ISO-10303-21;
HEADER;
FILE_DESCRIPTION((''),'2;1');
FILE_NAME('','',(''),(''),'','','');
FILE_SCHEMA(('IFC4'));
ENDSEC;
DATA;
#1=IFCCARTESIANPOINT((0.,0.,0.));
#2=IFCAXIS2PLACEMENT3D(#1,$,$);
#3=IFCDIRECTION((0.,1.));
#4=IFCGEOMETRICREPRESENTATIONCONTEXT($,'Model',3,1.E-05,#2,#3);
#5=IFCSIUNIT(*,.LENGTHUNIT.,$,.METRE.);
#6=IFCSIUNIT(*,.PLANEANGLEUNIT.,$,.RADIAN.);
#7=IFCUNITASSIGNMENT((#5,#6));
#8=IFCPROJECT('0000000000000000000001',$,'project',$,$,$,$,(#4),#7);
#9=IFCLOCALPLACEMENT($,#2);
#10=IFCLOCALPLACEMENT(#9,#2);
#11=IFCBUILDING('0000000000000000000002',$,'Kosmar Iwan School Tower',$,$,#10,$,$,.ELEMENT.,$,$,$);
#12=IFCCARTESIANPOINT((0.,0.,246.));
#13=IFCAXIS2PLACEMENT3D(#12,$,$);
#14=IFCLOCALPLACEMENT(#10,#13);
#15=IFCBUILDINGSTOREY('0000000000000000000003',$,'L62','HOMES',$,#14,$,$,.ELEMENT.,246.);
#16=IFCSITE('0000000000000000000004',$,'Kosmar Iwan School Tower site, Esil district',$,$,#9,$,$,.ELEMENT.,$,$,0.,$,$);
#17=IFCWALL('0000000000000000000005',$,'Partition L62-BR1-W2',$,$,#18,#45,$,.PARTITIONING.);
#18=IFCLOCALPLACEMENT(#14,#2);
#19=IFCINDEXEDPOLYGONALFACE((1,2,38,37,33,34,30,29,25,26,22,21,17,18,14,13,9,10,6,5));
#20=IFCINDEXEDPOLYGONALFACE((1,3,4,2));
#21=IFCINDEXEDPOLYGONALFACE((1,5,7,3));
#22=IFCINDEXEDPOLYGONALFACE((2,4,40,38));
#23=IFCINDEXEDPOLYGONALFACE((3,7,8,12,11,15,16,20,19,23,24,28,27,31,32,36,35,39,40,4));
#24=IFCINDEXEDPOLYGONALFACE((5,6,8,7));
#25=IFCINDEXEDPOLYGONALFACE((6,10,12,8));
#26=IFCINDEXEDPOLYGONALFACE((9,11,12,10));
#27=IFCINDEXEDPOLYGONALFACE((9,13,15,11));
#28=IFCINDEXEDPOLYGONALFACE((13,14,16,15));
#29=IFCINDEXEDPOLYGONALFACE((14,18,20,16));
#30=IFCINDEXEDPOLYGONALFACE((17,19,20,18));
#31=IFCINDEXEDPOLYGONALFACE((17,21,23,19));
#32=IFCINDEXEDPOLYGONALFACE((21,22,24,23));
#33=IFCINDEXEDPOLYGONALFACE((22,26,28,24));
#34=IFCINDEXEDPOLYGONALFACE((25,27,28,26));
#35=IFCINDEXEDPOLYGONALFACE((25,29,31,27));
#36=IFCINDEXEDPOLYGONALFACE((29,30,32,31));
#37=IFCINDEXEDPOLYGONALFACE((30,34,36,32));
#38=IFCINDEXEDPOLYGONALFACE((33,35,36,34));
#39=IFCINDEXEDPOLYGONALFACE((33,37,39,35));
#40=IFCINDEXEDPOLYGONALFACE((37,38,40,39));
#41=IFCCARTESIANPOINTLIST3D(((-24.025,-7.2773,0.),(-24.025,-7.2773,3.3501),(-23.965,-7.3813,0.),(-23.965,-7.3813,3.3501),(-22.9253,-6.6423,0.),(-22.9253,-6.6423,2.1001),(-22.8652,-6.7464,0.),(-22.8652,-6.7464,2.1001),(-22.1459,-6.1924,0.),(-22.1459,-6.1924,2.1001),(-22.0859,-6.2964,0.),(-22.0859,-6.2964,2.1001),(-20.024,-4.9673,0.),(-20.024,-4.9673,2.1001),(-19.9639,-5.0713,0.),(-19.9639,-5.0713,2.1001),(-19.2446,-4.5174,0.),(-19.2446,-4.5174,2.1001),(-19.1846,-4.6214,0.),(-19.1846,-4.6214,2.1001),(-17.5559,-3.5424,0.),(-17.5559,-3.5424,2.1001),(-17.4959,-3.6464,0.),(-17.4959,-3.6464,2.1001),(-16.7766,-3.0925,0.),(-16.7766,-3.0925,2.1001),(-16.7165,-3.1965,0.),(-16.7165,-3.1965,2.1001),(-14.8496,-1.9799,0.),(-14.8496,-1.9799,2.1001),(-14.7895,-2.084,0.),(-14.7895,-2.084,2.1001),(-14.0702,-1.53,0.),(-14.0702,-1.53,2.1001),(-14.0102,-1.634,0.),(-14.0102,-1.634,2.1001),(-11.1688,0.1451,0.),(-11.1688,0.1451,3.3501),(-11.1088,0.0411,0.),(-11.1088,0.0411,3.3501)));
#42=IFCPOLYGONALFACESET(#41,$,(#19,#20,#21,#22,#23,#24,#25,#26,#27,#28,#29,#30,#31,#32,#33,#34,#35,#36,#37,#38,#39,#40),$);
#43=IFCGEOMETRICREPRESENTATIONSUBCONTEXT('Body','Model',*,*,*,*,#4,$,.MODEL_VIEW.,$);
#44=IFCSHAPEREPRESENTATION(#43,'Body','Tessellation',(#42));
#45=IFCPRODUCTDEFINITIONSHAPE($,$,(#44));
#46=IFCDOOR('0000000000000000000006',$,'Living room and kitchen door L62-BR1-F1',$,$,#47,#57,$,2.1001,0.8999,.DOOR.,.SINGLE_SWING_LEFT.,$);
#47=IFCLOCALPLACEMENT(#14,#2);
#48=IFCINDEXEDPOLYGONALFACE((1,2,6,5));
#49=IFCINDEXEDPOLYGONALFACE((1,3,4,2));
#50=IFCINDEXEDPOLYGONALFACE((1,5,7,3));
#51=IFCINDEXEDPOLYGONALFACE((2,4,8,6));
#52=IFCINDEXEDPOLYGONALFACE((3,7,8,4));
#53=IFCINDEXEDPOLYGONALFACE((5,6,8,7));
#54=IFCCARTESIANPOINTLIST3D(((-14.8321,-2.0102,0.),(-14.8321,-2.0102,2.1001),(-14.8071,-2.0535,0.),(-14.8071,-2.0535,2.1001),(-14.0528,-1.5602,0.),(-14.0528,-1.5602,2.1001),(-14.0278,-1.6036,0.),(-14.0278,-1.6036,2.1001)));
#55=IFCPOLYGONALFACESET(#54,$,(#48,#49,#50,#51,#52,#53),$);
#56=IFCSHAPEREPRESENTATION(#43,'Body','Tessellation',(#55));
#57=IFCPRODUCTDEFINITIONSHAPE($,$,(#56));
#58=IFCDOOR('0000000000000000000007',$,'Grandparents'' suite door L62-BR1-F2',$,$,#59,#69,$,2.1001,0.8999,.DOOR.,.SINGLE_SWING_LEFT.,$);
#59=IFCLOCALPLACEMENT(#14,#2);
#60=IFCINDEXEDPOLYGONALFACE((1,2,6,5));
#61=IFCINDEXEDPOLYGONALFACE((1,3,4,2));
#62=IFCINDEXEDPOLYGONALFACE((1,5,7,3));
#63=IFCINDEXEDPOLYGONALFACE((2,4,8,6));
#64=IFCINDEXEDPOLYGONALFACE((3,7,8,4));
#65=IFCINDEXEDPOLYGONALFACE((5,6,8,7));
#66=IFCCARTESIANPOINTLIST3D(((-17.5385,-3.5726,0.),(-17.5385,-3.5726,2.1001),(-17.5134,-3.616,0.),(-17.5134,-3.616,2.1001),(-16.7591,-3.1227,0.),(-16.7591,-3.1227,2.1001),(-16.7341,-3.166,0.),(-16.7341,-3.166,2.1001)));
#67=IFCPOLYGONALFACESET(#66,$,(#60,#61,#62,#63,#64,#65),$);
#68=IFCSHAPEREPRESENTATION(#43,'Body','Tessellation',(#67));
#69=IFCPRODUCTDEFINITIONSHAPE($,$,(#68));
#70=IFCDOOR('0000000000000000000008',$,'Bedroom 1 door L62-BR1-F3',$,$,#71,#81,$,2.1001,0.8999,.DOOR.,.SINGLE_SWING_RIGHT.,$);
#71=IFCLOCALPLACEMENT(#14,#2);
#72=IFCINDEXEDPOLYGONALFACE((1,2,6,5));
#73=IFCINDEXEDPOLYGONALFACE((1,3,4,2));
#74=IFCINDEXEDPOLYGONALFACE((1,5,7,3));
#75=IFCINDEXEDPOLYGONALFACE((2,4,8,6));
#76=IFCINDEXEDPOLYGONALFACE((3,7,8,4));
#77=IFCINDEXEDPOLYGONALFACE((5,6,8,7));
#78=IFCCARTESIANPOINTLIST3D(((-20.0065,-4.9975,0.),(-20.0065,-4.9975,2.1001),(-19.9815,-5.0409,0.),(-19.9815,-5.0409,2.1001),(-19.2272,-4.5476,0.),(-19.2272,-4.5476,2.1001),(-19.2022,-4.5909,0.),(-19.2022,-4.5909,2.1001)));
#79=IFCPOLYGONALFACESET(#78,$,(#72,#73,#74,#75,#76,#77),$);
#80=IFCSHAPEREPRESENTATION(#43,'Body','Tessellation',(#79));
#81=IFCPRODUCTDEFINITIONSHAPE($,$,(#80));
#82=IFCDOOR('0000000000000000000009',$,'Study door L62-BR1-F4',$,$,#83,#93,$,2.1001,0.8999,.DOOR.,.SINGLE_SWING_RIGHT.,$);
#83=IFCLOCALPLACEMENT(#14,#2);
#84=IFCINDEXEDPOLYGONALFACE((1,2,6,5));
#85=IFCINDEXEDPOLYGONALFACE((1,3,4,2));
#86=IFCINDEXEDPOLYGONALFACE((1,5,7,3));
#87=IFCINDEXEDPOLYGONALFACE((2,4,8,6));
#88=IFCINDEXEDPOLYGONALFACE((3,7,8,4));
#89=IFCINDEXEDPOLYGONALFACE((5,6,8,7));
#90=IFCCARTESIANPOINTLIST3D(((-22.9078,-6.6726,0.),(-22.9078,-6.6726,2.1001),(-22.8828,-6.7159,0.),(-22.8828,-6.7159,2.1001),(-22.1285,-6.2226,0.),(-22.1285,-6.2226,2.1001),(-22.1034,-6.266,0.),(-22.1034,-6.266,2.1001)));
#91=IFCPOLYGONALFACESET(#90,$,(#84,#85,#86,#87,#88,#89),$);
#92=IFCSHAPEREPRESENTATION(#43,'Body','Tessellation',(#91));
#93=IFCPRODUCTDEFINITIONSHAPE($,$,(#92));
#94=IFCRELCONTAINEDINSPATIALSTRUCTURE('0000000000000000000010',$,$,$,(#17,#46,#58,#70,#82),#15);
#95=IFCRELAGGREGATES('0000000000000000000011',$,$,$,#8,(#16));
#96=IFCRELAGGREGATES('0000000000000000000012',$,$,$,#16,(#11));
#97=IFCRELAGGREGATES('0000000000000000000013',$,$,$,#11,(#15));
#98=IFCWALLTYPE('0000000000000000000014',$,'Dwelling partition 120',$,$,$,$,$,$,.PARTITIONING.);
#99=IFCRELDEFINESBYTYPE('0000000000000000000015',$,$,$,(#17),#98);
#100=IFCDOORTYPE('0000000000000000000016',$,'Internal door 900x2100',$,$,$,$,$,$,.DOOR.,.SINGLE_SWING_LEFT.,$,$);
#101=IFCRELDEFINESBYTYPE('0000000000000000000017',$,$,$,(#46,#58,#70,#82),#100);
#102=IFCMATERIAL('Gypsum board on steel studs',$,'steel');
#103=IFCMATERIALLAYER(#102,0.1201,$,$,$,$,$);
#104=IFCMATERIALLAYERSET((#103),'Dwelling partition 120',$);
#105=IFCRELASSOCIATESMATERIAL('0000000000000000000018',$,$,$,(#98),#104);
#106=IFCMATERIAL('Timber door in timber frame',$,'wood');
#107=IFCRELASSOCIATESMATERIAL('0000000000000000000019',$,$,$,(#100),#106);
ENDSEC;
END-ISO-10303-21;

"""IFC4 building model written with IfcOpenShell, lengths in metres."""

from ifc_helpers import new_model, si_unit, direction, frame, frame_2d, origin, place, context, subcontext, project, spatial, rectangle, extrude, material, layer, layer_set, type_object, element, fill, save


model = new_model("IFC4")

# Units and contexts
model_context = context("Model", 3, precision=1e-05, world=origin(), true_north=direction((0.0, 1.0)))
body_context = subcontext(model_context, "Body", "Model", "MODEL_VIEW")
ifc_project = project(units=[si_unit("LENGTHUNIT", "METRE"), si_unit("PLANEANGLEUNIT", "RADIAN")], contexts=[model_context])

# Site, building, storey
site_placement = place(None, origin())
site = spatial("IfcSite", under=ifc_project, at=site_placement, Name="Kosmar Iwan School Tower site, Esil district", CompositionType="ELEMENT", RefElevation=0.0)
building_placement = place(site_placement, origin())
building = spatial("IfcBuilding", under=site, at=building_placement, Name="Kosmar Iwan School Tower", CompositionType="ELEMENT")
storey_placement = place(building_placement, frame((0.0, 0.0, 246.0)))
storey = spatial("IfcBuildingStorey", under=building, at=storey_placement, Name="L62", Description="HOMES", CompositionType="ELEMENT", Elevation=246.0)

# Wall, openings, doors
ifc_material_1 = material(Name="Gypsum board on steel studs", Category="steel")
ifc_layer_1 = layer(ifc_material_1, 0.1201)
ifc_layer_set_1 = layer_set([ifc_layer_1], Name="Dwelling partition 120")
wall_type_1 = type_object("IfcWallType", Name="Dwelling partition 120", PredefinedType="PARTITIONING", material=ifc_layer_set_1)
wall_1_placement = place(storey_placement, frame((-11.1389, 0.093, 0.0), z_axis=(0.0, 0.0, 1.0), x_axis=(-0.86603, -0.499992, 0.0)))
wall_1 = element("IfcWall", 1, at=wall_1_placement, inside=storey, type_object=wall_type_1, Name="Partition L62-BR1-W2", PredefinedType="PARTITIONING", context=body_context, shape_type="SweptSolid", body=[
    extrude(rectangle(XDim=14.845, YDim=0.1201, at=frame_2d((7.4224, 0.0))), origin(), (0.0, 0.0, 1.0), 3.3501),
])
opening_1_placement = place(wall_1_placement, frame((3.3501, 0.0, 0.0)))
opening_1 = element("IfcOpeningElement", 2, at=opening_1_placement, cuts=wall_1, PredefinedType="OPENING", context=body_context, shape_type="SweptSolid", body=[
    extrude(rectangle(XDim=0.8999, YDim=2.1001, at=frame_2d((0.45, 1.05))), frame((0.0, 0.072, 0.0), z_axis=(0.0, -1.0, 0.0), x_axis=(1.0, 0.0, 0.0)), (0.0, 0.0, 1.0), 0.144),
])
opening_2_placement = place(wall_1_placement, frame((6.4751, 0.0, 0.0)))
opening_2 = element("IfcOpeningElement", 3, at=opening_2_placement, cuts=wall_1, PredefinedType="OPENING", context=body_context, shape_type="SweptSolid", body=[
    extrude(rectangle(XDim=0.8999, YDim=2.1001, at=frame_2d((0.45, 1.05))), frame((0.0, 0.072, 0.0), z_axis=(0.0, -1.0, 0.0), x_axis=(1.0, 0.0, 0.0)), (0.0, 0.0, 1.0), 0.144),
])
opening_3_placement = place(wall_1_placement, frame((9.325, 0.0, 0.0)))
opening_3 = element("IfcOpeningElement", 4, at=opening_3_placement, cuts=wall_1, PredefinedType="OPENING", context=body_context, shape_type="SweptSolid", body=[
    extrude(rectangle(XDim=0.8999, YDim=2.1001, at=frame_2d((0.45, 1.05))), frame((0.0, 0.072, 0.0), z_axis=(0.0, -1.0, 0.0), x_axis=(1.0, 0.0, 0.0)), (0.0, 0.0, 1.0), 0.144),
])
opening_4_placement = place(wall_1_placement, frame((12.675, 0.0, 0.0)))
opening_4 = element("IfcOpeningElement", 5, at=opening_4_placement, cuts=wall_1, PredefinedType="OPENING", context=body_context, shape_type="SweptSolid", body=[
    extrude(rectangle(XDim=0.8999, YDim=2.1001, at=frame_2d((0.45, 1.05))), frame((0.0, 0.072, 0.0), z_axis=(0.0, -1.0, 0.0), x_axis=(1.0, 0.0, 0.0)), (0.0, 0.0, 1.0), 0.144),
])
ifc_material_2 = material(Name="Timber door in timber frame", Category="wood")
door_type = type_object("IfcDoorType", Name="Internal door 900x2100", OperationType="SINGLE_SWING_LEFT", PredefinedType="DOOR", material=ifc_material_2)
door_1_placement = place(opening_1_placement, origin())
door_1 = element("IfcDoor", 6, at=door_1_placement, inside=storey, type_object=door_type, Name="Living room and kitchen door L62-BR1-F1", OperationType="SINGLE_SWING_LEFT", OverallHeight=2.1001, OverallWidth=0.8999, PredefinedType="DOOR", context=body_context, shape_type="SweptSolid", body=[
    extrude(rectangle(XDim=0.8999, YDim=2.1001, at=frame_2d((0.45, 1.05))), frame((0.0, 0.0249, 0.0), z_axis=(0.0, -1.0, 0.0), x_axis=(1.0, 0.0, 0.0)), (0.0, 0.0, 1.0), 0.05),
])
fill(opening_1, door_1)
door_2_placement = place(opening_2_placement, origin())
door_2 = element("IfcDoor", 7, at=door_2_placement, inside=storey, type_object=door_type, Name="Grandparents' suite door L62-BR1-F2", OperationType="SINGLE_SWING_LEFT", OverallHeight=2.1001, OverallWidth=0.8999, PredefinedType="DOOR", context=body_context, shape_type="SweptSolid", body=[
    extrude(rectangle(XDim=0.8999, YDim=2.1001, at=frame_2d((0.45, 1.05))), frame((0.0, 0.0249, 0.0), z_axis=(0.0, -1.0, 0.0), x_axis=(1.0, 0.0, 0.0)), (0.0, 0.0, 1.0), 0.05),
])
fill(opening_2, door_2)
door_3_placement = place(opening_3_placement, origin())
door_3 = element("IfcDoor", 8, at=door_3_placement, inside=storey, type_object=door_type, Name="Bedroom 1 door L62-BR1-F3", OperationType="SINGLE_SWING_RIGHT", OverallHeight=2.1001, OverallWidth=0.8999, PredefinedType="DOOR", context=body_context, shape_type="SweptSolid", body=[
    extrude(rectangle(XDim=0.8999, YDim=2.1001, at=frame_2d((0.45, 1.05))), frame((0.0, 0.0249, 0.0), z_axis=(0.0, -1.0, 0.0), x_axis=(1.0, 0.0, 0.0)), (0.0, 0.0, 1.0), 0.05),
])
fill(opening_3, door_3)
door_4_placement = place(opening_4_placement, origin())
door_4 = element("IfcDoor", 9, at=door_4_placement, inside=storey, type_object=door_type, Name="Study door L62-BR1-F4", OperationType="SINGLE_SWING_RIGHT", OverallHeight=2.1001, OverallWidth=0.8999, PredefinedType="DOOR", context=body_context, shape_type="SweptSolid", body=[
    extrude(rectangle(XDim=0.8999, YDim=2.1001, at=frame_2d((0.45, 1.05))), frame((0.0, 0.0249, 0.0), z_axis=(0.0, -1.0, 0.0), x_axis=(1.0, 0.0, 0.0)), (0.0, 0.0, 1.0), 0.05),
])
fill(opening_4, door_4)

save(model, "model.ifc")
